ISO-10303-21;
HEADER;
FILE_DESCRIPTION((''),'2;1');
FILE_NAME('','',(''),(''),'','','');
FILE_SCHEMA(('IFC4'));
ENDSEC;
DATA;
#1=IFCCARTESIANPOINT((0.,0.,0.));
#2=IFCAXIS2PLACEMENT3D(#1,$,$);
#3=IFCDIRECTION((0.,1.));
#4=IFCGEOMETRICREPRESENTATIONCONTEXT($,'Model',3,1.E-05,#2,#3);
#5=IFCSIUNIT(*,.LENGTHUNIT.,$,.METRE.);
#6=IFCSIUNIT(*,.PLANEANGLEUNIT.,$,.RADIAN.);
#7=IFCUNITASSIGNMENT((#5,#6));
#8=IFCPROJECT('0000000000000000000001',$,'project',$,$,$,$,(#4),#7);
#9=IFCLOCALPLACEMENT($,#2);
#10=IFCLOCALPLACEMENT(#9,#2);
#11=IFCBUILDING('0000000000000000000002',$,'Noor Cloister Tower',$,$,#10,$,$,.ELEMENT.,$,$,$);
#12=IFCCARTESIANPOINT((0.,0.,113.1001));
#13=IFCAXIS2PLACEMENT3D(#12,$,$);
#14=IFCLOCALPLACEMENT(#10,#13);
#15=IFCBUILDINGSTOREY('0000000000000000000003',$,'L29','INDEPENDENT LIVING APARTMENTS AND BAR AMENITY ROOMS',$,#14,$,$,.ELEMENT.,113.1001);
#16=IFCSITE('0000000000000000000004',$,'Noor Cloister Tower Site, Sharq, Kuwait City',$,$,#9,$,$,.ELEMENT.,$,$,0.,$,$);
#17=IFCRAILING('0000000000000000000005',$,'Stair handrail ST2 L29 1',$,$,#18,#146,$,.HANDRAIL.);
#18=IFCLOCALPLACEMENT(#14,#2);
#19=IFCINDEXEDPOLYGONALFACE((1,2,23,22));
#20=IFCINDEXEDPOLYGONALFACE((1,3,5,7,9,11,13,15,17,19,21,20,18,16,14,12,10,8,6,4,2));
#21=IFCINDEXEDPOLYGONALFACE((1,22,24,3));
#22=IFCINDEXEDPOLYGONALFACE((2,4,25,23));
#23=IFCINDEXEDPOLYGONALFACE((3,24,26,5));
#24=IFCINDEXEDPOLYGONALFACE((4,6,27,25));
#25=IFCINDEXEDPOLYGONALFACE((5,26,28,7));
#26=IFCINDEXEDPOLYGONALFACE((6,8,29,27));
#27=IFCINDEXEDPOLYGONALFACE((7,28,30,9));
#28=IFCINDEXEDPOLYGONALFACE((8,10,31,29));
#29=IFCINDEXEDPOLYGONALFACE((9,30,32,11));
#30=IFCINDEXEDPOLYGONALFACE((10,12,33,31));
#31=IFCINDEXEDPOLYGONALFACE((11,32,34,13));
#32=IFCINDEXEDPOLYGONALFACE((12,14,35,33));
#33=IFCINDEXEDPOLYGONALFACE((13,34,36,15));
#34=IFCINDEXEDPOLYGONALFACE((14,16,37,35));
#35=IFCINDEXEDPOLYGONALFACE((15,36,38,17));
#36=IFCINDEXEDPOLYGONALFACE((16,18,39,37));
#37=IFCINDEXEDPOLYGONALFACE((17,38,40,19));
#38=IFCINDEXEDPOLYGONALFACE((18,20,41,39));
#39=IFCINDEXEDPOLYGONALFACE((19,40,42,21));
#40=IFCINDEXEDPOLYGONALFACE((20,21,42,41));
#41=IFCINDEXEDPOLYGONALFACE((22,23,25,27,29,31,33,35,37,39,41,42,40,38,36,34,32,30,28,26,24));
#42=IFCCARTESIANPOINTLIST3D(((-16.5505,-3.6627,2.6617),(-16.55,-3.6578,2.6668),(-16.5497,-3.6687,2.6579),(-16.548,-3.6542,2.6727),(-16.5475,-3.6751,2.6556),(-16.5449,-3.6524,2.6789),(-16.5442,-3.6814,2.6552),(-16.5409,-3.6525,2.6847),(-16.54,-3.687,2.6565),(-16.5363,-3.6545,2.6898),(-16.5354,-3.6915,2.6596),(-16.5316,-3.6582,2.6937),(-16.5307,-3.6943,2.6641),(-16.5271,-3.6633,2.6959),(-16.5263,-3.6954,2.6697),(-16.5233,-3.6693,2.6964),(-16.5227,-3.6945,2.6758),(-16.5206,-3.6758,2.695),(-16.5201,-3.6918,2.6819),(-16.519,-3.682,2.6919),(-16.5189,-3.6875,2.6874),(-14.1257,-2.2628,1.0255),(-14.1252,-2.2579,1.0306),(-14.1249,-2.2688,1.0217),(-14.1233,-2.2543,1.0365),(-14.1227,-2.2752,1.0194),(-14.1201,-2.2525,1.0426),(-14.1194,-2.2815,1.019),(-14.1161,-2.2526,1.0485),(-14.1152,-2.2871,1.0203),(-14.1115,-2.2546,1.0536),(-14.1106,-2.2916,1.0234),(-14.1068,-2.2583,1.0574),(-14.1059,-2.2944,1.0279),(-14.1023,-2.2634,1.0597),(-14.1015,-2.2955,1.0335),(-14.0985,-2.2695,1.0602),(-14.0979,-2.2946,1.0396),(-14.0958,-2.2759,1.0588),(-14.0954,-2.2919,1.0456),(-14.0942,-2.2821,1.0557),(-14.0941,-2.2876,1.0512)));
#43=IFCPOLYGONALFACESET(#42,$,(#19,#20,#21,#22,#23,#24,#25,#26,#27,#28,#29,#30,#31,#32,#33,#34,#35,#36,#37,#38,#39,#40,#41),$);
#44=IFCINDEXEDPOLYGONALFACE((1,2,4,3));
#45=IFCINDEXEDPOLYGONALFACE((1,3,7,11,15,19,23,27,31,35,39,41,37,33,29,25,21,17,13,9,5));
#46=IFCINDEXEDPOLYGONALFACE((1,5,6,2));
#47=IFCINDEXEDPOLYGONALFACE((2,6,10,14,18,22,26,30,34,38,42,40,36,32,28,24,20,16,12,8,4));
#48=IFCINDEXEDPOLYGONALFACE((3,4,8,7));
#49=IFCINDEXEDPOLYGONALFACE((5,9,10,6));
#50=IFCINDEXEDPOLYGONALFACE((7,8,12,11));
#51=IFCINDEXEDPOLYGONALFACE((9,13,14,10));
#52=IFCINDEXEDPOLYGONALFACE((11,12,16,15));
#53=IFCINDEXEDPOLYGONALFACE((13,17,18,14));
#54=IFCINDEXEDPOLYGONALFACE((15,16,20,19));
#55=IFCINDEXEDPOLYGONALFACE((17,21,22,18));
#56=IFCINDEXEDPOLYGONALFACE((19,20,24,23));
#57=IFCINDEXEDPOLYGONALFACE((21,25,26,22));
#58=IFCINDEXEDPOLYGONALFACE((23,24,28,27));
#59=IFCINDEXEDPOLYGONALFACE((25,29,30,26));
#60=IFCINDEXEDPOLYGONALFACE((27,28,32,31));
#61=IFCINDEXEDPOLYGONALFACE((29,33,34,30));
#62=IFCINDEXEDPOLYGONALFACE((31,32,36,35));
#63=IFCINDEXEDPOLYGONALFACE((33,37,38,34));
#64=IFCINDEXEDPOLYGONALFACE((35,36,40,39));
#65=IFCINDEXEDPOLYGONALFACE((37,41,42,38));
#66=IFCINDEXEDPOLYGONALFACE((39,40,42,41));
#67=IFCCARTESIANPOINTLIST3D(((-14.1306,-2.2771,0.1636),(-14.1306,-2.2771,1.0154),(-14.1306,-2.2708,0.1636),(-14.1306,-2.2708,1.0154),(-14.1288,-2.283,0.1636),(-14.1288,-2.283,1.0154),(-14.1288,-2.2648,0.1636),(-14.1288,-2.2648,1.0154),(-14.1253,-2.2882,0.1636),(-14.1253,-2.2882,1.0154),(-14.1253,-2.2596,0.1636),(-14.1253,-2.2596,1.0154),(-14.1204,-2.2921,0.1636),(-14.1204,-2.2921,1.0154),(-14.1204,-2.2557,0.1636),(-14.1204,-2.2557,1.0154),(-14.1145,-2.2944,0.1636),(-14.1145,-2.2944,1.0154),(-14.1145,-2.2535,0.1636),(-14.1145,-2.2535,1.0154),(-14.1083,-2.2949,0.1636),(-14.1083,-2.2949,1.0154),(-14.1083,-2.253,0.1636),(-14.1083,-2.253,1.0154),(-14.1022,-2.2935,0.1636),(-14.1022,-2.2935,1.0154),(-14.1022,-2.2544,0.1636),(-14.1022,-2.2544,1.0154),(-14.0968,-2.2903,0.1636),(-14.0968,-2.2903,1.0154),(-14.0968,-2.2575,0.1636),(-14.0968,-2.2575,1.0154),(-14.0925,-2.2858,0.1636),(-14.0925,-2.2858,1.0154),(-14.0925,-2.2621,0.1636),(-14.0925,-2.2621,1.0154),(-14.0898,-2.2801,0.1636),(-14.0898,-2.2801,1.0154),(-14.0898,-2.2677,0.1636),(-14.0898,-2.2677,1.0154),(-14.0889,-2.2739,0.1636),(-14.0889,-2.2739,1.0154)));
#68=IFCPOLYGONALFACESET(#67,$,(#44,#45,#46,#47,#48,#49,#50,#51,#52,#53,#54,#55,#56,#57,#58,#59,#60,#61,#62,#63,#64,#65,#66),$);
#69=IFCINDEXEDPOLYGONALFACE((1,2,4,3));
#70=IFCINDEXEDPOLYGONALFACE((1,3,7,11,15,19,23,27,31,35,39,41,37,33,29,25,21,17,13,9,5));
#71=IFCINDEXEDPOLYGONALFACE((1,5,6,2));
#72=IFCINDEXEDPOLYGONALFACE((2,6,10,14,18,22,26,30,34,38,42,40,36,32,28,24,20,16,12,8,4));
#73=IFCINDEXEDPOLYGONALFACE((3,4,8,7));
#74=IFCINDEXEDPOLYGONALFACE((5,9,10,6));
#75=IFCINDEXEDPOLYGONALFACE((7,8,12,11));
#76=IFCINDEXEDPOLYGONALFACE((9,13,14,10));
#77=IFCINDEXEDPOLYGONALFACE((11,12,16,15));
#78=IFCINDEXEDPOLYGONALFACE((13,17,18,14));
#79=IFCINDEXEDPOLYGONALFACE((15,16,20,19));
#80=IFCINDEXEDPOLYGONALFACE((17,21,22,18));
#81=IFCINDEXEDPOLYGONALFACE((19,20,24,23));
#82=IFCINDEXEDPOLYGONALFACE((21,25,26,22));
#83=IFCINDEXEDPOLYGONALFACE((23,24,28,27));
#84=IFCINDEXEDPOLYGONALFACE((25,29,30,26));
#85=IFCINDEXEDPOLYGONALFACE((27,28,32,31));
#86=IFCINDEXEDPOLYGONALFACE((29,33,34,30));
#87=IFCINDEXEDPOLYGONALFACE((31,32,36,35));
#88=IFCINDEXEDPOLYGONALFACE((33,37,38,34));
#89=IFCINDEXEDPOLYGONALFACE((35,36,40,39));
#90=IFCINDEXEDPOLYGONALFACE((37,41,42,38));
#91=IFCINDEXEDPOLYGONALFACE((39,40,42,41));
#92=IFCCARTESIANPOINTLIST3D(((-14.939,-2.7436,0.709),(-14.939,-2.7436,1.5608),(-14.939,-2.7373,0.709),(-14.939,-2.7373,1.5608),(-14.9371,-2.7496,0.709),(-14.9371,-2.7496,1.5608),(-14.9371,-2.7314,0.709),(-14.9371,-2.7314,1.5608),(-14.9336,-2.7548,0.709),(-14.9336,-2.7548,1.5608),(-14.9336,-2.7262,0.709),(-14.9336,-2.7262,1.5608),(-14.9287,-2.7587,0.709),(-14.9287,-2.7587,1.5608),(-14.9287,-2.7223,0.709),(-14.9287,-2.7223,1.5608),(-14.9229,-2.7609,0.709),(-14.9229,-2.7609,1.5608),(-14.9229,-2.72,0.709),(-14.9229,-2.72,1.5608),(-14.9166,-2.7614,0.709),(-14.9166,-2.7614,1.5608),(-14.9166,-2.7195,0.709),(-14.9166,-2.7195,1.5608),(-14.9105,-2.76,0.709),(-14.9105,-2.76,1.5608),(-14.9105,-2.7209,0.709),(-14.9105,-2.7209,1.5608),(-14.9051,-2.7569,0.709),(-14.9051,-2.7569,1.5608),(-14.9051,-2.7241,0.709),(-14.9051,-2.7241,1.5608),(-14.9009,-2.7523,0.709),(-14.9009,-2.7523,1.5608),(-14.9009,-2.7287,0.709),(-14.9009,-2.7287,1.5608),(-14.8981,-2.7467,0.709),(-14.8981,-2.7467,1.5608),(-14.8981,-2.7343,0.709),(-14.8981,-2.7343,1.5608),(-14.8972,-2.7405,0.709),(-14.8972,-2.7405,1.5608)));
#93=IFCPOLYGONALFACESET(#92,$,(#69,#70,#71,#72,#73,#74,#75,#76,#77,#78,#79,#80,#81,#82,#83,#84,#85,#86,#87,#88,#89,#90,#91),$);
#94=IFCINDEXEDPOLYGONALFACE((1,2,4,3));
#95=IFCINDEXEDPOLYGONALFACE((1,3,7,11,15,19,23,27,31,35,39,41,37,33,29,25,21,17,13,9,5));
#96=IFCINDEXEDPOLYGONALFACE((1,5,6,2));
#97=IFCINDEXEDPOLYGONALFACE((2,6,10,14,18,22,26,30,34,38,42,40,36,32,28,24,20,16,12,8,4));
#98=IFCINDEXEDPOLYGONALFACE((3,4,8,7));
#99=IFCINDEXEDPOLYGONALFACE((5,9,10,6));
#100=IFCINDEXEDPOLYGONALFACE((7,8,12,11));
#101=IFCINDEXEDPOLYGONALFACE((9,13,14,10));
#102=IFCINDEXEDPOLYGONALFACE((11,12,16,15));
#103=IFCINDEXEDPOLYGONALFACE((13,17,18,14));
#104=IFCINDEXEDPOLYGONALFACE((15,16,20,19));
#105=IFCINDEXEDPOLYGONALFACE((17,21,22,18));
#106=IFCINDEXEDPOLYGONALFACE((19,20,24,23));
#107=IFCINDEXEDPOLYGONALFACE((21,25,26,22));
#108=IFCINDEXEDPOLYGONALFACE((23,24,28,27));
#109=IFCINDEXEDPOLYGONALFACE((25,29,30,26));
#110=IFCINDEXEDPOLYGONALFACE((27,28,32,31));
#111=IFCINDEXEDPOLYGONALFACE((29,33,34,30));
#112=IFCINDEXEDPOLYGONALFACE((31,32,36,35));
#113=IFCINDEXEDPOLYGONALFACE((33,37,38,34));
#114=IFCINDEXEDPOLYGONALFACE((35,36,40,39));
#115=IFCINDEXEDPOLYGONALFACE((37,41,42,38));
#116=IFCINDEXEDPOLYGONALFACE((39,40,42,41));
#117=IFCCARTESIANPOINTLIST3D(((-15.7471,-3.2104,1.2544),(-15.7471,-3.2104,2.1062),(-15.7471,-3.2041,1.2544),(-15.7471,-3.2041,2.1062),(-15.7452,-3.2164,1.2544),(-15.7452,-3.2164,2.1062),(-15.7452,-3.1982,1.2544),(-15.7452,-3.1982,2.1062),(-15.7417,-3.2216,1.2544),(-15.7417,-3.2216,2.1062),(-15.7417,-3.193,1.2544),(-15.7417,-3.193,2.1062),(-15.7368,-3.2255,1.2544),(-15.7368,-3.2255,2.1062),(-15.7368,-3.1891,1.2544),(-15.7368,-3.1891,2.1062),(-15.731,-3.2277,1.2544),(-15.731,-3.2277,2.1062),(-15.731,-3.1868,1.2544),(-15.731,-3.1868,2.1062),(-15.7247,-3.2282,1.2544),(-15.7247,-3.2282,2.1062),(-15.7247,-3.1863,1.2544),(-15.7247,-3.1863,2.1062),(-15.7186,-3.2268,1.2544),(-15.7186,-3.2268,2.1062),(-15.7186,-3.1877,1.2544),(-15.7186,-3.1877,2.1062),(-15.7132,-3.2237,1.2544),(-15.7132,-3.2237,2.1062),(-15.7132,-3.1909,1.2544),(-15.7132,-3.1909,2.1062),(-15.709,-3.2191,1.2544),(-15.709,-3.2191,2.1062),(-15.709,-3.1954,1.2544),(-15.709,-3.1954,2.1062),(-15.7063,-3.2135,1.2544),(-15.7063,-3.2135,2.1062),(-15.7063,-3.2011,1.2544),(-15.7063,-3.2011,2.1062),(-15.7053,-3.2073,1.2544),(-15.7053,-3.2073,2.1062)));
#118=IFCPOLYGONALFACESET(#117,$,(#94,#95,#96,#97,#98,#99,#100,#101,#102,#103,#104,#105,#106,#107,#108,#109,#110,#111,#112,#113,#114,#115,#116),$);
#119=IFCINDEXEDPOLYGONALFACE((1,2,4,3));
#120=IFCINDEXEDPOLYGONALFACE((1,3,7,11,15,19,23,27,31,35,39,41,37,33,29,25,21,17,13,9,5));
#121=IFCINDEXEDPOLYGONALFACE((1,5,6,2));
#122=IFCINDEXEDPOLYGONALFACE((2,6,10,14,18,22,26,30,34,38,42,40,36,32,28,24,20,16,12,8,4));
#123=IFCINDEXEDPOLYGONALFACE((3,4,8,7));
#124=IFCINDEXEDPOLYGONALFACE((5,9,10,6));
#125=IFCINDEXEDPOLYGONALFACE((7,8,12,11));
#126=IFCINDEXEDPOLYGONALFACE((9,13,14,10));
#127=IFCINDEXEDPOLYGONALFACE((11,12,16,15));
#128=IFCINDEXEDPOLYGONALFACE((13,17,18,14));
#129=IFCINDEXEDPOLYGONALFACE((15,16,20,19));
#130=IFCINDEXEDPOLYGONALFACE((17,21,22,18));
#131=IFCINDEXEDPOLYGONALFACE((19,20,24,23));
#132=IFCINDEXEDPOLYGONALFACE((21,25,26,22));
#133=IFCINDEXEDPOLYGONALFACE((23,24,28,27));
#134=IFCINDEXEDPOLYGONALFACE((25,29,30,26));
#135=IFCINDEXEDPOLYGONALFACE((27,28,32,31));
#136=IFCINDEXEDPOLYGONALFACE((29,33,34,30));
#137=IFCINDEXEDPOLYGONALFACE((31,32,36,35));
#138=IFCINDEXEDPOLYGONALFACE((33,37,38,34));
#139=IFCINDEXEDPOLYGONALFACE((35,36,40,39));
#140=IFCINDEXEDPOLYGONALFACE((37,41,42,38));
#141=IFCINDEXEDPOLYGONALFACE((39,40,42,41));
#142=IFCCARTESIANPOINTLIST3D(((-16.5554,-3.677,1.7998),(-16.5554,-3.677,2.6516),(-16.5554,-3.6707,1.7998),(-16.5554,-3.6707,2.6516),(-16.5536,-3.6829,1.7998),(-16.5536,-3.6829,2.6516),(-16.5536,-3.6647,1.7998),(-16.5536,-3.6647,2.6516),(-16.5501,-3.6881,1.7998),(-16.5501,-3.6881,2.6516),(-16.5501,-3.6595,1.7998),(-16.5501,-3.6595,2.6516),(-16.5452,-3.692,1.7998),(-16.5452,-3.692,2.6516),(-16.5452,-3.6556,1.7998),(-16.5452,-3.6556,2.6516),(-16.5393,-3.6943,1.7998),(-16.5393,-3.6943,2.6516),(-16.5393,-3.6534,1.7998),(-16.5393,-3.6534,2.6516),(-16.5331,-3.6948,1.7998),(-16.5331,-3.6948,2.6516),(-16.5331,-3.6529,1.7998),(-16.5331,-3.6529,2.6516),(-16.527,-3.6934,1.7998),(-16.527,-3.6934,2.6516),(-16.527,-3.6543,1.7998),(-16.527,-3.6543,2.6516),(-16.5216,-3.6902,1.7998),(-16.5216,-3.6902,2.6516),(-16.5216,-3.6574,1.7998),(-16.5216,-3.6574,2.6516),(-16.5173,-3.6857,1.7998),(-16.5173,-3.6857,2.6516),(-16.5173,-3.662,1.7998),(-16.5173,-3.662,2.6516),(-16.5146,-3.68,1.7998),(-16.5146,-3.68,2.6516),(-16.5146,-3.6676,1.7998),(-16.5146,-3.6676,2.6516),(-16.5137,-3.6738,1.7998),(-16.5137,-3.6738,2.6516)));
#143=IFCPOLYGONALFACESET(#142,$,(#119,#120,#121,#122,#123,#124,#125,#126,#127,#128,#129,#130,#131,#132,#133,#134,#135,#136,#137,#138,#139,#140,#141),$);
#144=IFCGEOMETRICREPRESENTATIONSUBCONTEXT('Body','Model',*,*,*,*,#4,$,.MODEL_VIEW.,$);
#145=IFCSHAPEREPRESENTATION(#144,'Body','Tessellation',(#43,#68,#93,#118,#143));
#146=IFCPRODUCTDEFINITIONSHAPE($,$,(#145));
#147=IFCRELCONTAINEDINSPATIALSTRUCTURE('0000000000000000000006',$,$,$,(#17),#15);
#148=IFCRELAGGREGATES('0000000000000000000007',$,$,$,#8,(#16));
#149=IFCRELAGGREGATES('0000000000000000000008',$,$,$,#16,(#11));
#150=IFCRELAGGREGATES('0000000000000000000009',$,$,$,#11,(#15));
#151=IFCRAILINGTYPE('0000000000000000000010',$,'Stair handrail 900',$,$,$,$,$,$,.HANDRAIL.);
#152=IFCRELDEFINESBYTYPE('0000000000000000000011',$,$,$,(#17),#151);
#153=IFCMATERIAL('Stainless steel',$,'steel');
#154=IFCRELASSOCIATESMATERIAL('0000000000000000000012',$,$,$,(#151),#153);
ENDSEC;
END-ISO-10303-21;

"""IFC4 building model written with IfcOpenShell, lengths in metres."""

from ifc_helpers import new_model, si_unit, direction, frame, origin, origin_2d, place, context, subcontext, project, spatial, circle, extrude, material, type_object, element, save


model = new_model("IFC4")

# Units and contexts
model_context = context("Model", 3, precision=1e-05, world=origin(), true_north=direction((0.0, 1.0)))
body_context = subcontext(model_context, "Body", "Model", "MODEL_VIEW")
ifc_project = project(units=[si_unit("LENGTHUNIT", "METRE"), si_unit("PLANEANGLEUNIT", "RADIAN")], contexts=[model_context])

# Site, building, storey
site_placement = place(None, origin())
site = spatial("IfcSite", under=ifc_project, at=site_placement, Name="Noor Cloister Tower Site, Sharq, Kuwait City", CompositionType="ELEMENT", RefElevation=0.0)
building_placement = place(site_placement, origin())
building = spatial("IfcBuilding", under=site, at=building_placement, Name="Noor Cloister Tower", CompositionType="ELEMENT")
storey_placement = place(building_placement, frame((0.0, 0.0, 113.1001)))
storey = spatial("IfcBuildingStorey", under=building, at=storey_placement, Name="L29", Description="INDEPENDENT LIVING APARTMENTS AND BAR AMENITY ROOMS", CompositionType="ELEMENT", Elevation=113.1001)

# Railing
ifc_material_1 = material(Name="Stainless steel", Category="steel")
railing_type_1 = type_object("IfcRailingType", Name="Stair handrail 900", PredefinedType="HANDRAIL", material=ifc_material_1)
railing_1_placement = place(storey_placement, frame((-14.1099, -2.2739, 0.1636)))
element("IfcRailing", 1, at=railing_1_placement, inside=storey, type_object=railing_type_1, Name="Stair handrail ST2 L29 1", PredefinedType="HANDRAIL", context=body_context, shape_type="SweptSolid", body=[
    extrude(circle(Radius=0.0239, at=origin_2d()), frame((0.0, 0.0, 0.876), z_axis=(-0.747718, -0.431677, 0.504552), x_axis=(0.499984, -0.866035, 0.0)), (0.0, 0.0, 1.0), 3.2429),
    extrude(circle(Radius=0.021, at=origin_2d()), origin(), (0.0, 0.0, 1.0), 0.8518),
    extrude(circle(Radius=0.021, at=origin_2d()), frame((-0.8083, -0.4666, 0.5454)), (0.0, 0.0, 1.0), 0.8518),
    extrude(circle(Radius=0.021, at=origin_2d()), frame((-1.6165, -0.9333, 1.0908)), (0.0, 0.0, 1.0), 0.8518),
    extrude(circle(Radius=0.021, at=origin_2d()), frame((-2.4248, -1.3999, 1.6362)), (0.0, 0.0, 1.0), 0.8518),
])

save(model, "model.ifc")
